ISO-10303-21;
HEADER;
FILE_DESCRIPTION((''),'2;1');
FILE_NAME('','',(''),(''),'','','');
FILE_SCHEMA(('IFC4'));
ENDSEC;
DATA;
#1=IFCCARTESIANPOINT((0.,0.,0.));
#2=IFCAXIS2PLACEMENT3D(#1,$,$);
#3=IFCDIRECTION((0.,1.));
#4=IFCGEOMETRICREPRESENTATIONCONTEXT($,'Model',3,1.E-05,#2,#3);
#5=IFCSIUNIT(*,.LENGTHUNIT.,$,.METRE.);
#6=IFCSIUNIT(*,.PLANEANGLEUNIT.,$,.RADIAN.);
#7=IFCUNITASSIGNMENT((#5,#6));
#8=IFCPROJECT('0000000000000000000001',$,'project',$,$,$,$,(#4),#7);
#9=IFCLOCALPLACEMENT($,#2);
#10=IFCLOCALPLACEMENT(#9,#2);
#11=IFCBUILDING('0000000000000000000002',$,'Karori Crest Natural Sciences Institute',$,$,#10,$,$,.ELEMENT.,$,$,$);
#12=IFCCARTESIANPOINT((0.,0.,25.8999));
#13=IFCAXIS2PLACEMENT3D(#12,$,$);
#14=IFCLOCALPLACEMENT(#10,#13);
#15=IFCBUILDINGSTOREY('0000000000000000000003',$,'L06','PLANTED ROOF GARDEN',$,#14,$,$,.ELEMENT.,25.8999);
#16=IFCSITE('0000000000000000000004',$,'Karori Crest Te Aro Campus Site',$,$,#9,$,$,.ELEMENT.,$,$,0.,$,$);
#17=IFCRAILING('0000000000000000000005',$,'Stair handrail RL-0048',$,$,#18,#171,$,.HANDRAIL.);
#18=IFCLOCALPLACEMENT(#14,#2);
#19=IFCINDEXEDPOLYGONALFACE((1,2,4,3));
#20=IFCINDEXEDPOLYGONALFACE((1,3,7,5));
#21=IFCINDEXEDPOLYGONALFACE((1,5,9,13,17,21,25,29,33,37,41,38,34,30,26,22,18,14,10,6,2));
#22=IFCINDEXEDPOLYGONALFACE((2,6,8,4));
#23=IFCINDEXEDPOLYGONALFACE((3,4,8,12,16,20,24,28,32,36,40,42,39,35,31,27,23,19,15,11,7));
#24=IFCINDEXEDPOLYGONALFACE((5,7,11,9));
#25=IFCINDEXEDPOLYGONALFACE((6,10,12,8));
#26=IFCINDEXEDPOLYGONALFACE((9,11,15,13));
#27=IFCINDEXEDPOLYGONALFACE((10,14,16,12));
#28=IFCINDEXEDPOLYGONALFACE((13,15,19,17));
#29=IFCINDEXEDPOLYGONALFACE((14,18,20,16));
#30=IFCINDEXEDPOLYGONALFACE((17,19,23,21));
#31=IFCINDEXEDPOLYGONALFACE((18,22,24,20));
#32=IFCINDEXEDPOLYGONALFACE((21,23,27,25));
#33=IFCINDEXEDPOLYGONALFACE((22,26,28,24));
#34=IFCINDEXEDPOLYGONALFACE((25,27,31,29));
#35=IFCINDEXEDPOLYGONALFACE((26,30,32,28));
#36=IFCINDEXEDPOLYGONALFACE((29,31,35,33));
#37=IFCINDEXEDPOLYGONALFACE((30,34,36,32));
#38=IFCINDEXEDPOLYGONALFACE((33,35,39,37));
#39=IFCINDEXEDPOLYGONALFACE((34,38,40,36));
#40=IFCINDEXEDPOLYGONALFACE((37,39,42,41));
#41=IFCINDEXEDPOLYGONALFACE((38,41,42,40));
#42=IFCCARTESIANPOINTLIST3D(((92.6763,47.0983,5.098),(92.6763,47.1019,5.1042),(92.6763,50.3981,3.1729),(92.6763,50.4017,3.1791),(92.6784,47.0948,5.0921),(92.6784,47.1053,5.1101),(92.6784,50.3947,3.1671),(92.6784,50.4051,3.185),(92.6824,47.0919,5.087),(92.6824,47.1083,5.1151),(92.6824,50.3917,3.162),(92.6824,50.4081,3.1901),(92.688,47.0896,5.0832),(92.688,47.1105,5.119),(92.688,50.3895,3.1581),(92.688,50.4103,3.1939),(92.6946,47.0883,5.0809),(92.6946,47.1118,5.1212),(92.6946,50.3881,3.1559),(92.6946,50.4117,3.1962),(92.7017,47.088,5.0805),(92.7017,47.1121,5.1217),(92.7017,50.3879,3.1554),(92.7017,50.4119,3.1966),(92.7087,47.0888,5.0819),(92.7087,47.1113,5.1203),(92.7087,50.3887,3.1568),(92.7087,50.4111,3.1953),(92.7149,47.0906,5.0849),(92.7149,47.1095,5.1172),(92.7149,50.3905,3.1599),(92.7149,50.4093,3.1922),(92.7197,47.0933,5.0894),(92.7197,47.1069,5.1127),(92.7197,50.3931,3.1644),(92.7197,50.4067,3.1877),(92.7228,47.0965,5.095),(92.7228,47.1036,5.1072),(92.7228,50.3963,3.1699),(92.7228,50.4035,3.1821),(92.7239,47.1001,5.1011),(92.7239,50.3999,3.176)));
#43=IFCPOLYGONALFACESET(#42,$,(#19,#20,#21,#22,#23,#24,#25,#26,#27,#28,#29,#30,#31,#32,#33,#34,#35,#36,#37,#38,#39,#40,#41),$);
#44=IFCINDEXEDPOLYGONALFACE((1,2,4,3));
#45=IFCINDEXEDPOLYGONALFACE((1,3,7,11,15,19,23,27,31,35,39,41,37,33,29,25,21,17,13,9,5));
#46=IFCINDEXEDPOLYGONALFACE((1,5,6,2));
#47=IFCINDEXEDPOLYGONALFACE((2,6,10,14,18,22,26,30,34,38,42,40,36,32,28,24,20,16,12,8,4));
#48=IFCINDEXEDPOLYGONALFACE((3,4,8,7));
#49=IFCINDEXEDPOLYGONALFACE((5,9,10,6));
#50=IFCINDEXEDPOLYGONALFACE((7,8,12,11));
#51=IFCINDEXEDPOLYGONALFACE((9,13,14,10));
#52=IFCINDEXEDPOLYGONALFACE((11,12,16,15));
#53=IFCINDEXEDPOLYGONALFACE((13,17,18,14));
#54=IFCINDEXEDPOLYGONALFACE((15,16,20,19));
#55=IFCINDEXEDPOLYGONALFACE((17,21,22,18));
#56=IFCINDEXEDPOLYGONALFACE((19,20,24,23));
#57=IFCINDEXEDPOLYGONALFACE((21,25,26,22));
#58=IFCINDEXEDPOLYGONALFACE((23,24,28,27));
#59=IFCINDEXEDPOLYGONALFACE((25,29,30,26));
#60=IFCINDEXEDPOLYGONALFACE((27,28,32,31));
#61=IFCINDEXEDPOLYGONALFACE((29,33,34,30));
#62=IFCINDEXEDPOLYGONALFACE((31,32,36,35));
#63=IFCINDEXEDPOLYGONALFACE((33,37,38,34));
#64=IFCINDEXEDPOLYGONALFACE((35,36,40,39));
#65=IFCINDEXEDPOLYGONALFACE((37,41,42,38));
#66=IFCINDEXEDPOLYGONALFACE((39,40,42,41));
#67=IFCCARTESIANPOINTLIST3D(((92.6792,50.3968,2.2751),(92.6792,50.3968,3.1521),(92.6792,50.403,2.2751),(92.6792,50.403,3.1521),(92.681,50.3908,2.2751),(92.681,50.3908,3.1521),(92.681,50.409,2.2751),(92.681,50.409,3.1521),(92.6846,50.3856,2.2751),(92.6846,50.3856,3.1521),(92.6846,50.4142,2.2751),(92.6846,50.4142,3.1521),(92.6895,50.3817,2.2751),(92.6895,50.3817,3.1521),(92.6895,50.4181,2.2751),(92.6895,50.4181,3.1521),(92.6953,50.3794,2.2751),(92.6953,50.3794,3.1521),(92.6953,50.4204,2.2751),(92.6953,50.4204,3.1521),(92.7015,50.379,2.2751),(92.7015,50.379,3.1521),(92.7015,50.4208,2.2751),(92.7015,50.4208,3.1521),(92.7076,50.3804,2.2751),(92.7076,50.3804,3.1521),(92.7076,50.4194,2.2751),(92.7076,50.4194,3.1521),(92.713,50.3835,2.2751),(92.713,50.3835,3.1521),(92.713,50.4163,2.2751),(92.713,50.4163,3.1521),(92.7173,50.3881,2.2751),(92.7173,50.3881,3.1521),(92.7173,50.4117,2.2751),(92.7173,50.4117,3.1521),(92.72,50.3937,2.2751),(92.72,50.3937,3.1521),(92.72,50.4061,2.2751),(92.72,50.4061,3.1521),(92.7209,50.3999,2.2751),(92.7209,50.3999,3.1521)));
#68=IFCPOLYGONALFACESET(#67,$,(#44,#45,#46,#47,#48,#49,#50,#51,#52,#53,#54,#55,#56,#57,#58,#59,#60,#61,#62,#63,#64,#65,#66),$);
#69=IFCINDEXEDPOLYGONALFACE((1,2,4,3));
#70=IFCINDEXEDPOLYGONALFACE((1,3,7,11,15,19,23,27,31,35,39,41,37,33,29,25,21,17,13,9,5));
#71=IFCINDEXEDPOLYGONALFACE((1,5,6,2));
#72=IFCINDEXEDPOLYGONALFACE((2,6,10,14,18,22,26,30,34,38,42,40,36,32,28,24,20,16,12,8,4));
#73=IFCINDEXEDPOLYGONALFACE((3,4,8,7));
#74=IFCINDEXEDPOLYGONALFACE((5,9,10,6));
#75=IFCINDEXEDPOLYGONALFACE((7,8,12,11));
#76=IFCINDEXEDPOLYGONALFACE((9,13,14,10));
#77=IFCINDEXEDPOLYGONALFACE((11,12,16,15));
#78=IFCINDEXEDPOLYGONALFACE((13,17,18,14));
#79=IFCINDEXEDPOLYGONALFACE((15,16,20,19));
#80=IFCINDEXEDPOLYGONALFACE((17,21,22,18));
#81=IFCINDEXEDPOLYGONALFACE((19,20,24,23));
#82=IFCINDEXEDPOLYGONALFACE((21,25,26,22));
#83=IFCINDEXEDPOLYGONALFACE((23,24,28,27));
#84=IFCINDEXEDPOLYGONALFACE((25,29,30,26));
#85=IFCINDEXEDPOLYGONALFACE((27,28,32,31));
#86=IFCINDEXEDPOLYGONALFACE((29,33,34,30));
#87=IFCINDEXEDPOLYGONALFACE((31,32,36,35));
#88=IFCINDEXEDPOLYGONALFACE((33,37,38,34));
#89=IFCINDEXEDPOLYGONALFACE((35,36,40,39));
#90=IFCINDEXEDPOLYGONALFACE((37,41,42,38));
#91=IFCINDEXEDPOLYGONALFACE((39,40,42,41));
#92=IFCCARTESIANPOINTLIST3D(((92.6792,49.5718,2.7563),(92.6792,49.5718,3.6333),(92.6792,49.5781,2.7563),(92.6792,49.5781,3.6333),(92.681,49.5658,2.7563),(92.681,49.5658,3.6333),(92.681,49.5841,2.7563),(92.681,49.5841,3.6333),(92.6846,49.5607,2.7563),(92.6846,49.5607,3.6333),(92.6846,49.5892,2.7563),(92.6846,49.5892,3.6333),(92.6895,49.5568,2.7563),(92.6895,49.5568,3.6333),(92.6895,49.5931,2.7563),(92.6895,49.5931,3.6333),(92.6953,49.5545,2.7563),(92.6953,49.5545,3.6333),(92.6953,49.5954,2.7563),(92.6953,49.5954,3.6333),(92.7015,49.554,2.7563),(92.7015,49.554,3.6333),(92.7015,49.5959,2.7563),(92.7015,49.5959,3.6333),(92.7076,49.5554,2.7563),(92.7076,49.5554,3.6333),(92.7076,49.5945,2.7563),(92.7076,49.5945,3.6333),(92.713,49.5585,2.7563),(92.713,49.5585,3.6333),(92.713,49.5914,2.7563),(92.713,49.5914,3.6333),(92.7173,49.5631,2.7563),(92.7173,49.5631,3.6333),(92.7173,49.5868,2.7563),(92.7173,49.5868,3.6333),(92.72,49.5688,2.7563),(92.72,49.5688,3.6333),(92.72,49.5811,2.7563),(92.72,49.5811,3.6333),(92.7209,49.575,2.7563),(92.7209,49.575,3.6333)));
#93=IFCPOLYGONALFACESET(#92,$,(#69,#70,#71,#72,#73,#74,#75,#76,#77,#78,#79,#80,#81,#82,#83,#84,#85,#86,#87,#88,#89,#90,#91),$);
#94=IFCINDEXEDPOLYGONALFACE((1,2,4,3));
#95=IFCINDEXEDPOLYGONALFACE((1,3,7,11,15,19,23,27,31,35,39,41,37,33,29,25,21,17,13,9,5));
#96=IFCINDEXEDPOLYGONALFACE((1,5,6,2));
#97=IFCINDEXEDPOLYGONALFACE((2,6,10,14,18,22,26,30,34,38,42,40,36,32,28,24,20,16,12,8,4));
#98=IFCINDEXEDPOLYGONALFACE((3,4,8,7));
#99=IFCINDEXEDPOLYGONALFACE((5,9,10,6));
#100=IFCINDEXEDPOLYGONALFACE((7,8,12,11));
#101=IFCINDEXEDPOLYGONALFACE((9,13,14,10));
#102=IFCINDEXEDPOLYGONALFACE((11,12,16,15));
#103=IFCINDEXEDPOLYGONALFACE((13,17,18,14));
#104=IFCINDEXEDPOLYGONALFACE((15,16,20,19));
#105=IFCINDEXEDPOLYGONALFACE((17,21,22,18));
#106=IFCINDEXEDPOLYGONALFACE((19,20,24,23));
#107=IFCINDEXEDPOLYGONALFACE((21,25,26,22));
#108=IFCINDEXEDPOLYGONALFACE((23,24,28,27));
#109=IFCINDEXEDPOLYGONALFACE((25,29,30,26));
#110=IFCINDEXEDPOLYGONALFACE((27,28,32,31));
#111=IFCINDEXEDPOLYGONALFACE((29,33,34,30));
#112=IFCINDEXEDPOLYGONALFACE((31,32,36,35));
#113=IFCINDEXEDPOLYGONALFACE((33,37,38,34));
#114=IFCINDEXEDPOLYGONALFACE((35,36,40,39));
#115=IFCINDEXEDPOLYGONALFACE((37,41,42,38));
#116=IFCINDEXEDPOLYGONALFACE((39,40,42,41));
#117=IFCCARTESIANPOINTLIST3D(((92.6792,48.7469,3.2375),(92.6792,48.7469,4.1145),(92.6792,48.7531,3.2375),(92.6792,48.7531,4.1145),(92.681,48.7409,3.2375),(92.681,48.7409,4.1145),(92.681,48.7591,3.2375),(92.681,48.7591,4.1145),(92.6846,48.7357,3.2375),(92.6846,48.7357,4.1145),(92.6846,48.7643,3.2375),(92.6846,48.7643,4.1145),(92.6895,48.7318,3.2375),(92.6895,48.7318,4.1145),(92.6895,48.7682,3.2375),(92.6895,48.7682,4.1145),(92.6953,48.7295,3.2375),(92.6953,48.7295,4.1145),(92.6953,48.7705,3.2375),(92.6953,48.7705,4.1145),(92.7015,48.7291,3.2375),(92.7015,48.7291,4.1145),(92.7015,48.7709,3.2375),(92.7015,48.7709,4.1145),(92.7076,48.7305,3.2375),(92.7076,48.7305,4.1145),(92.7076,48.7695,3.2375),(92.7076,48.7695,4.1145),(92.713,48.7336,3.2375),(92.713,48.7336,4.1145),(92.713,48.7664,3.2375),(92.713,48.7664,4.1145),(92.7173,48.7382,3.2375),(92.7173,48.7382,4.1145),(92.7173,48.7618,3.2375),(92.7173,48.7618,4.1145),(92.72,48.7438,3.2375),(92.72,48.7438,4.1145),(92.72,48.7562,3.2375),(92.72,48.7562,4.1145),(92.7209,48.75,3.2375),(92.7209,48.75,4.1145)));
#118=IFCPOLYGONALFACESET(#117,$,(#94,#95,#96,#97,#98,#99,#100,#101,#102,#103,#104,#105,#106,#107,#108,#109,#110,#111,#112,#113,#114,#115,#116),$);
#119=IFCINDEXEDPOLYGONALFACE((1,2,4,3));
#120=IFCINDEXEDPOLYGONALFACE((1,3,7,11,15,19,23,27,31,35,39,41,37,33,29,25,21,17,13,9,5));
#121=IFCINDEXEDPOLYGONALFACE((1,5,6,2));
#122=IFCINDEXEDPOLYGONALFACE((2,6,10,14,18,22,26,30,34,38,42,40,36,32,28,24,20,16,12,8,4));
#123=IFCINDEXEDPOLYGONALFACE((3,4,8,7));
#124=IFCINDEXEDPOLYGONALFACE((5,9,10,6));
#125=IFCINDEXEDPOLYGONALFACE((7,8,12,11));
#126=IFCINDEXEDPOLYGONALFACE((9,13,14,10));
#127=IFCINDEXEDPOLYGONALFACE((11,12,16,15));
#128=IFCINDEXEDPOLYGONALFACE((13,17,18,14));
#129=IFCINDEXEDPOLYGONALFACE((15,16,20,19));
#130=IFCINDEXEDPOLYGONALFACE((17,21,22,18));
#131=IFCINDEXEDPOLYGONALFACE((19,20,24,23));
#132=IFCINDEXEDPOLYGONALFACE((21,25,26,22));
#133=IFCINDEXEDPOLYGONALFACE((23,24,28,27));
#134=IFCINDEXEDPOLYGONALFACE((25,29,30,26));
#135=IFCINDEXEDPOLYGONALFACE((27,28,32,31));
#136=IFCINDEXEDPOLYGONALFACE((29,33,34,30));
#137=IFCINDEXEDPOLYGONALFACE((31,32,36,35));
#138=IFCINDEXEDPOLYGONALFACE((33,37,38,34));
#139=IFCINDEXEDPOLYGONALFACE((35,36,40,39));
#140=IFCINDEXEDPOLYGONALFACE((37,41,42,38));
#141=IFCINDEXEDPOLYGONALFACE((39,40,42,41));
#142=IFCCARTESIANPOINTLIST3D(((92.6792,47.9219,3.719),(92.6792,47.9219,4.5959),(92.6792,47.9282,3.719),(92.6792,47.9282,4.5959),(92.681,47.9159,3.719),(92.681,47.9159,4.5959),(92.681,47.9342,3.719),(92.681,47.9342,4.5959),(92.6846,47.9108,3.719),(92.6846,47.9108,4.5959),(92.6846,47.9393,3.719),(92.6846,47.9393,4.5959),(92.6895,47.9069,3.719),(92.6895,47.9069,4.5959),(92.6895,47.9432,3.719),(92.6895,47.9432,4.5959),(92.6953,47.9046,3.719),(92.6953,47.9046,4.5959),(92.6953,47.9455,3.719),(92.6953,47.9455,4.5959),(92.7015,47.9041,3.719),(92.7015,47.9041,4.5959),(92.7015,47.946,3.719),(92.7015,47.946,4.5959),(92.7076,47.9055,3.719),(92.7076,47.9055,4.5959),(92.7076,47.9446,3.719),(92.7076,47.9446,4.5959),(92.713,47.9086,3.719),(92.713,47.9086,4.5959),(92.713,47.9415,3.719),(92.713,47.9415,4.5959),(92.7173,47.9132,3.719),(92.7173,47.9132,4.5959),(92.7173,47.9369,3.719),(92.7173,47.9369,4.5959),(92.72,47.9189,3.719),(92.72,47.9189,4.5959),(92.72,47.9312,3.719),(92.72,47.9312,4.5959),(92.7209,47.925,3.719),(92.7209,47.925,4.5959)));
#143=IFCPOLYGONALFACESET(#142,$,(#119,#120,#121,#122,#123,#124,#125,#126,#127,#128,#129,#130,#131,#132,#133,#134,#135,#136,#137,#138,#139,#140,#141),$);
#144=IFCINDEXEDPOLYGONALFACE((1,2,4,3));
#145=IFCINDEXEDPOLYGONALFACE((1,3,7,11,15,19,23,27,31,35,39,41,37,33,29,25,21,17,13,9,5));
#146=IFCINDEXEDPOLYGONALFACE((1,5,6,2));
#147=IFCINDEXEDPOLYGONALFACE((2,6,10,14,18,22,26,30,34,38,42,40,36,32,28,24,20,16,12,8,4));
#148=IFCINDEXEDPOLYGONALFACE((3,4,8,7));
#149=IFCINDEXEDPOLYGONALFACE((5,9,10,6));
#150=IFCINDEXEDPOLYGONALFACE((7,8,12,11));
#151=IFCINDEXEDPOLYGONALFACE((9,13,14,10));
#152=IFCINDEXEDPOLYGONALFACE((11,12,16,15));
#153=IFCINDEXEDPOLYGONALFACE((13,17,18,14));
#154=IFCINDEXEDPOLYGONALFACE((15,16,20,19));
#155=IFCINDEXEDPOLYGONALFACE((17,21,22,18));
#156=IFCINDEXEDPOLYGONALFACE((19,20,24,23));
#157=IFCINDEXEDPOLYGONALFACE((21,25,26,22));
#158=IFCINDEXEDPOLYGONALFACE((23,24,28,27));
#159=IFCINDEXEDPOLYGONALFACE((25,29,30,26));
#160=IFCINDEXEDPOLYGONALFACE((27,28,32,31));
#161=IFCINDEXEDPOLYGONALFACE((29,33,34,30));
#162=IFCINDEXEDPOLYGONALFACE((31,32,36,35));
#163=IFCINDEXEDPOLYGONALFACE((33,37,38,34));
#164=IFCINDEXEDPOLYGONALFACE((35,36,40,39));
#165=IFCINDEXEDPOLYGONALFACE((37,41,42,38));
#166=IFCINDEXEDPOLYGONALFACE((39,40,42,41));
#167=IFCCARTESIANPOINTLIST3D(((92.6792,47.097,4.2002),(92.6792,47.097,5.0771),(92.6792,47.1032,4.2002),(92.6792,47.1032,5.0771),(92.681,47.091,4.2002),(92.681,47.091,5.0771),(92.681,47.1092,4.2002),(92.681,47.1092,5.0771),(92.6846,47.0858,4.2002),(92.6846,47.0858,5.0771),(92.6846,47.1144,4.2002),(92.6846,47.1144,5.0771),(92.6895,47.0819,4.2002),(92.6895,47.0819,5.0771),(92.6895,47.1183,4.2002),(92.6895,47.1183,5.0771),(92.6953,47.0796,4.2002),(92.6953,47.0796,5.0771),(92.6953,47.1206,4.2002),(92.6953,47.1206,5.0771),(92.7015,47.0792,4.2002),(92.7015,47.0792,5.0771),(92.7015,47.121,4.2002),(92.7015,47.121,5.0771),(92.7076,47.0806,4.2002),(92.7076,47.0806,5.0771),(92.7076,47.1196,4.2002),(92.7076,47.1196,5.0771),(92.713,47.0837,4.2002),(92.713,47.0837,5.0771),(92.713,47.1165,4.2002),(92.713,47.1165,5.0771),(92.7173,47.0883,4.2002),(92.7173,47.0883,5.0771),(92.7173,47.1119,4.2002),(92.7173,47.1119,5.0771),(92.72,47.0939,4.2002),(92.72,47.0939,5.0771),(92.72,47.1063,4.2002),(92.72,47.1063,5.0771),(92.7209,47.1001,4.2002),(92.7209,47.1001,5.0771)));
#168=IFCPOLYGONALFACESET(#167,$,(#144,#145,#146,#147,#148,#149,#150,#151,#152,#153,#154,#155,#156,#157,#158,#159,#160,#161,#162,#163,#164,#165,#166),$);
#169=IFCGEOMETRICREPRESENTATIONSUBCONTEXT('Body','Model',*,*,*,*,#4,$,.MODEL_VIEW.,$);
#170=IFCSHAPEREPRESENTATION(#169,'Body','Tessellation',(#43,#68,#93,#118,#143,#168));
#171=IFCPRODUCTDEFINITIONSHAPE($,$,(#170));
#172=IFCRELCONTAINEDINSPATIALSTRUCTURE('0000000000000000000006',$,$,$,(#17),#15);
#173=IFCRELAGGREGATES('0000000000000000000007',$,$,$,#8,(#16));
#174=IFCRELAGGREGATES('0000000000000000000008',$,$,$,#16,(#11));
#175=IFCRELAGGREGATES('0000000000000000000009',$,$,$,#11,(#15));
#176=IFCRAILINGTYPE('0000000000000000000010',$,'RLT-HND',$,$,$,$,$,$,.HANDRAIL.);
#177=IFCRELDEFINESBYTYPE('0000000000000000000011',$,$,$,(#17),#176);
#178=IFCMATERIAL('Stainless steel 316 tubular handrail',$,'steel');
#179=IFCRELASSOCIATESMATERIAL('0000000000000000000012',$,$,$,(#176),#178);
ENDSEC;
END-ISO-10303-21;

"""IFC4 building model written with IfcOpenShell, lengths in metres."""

from ifc_helpers import new_model, si_unit, direction, frame, origin, origin_2d, place, context, subcontext, project, spatial, circle, extrude, material, type_object, element, save


model = new_model("IFC4")

# Units and contexts
model_context = context("Model", 3, precision=1e-05, world=origin(), true_north=direction((0.0, 1.0)))
body_context = subcontext(model_context, "Body", "Model", "MODEL_VIEW")
ifc_project = project(units=[si_unit("LENGTHUNIT", "METRE"), si_unit("PLANEANGLEUNIT", "RADIAN")], contexts=[model_context])

# Site, building, storey
site_placement = place(None, origin())
site = spatial("IfcSite", under=ifc_project, at=site_placement, Name="Karori Crest Te Aro Campus Site", CompositionType="ELEMENT", RefElevation=0.0)
building_placement = place(site_placement, origin())
building = spatial("IfcBuilding", under=site, at=building_placement, Name="Karori Crest Natural Sciences Institute", CompositionType="ELEMENT")
storey_placement = place(building_placement, frame((0.0, 0.0, 25.8999)))
storey = spatial("IfcBuildingStorey", under=building, at=storey_placement, Name="L06", Description="PLANTED ROOF GARDEN", CompositionType="ELEMENT", Elevation=25.8999)

# Railing
ifc_material_1 = material(Name="Stainless steel 316 tubular handrail", Category="steel")
railing_type_1 = type_object("IfcRailingType", Name="RLT-HND", PredefinedType="HANDRAIL", material=ifc_material_1)
railing_1_placement = place(storey_placement, frame((92.7, 50.3999, 2.2751)))
element("IfcRailing", 1, at=railing_1_placement, inside=storey, type_object=railing_type_1, Name="Stair handrail RL-0048", PredefinedType="HANDRAIL", context=body_context, shape_type="SweptSolid", body=[
    extrude(circle(Radius=0.0239, at=origin_2d()), frame((0.0, 0.0, 0.9009), z_axis=(0.0, -0.86376, 0.503903), x_axis=(1.0, 0.0, 0.0)), (0.0, 0.0, 1.0), 3.8203),
    extrude(circle(Radius=0.021, at=origin_2d()), origin(), (0.0, 0.0, 1.0), 0.877),
    extrude(circle(Radius=0.021, at=origin_2d()), frame((0.0, -0.825, 0.4812)), (0.0, 0.0, 1.0), 0.877),
    extrude(circle(Radius=0.021, at=origin_2d()), frame((0.0, -1.6499, 0.9624)), (0.0, 0.0, 1.0), 0.877),
    extrude(circle(Radius=0.021, at=origin_2d()), frame((0.0, -2.4749, 1.4438)), (0.0, 0.0, 1.0), 0.877),
    extrude(circle(Radius=0.021, at=origin_2d()), frame((0.0, -3.2998, 1.925)), (0.0, 0.0, 1.0), 0.877),
])

save(model, "model.ifc")
